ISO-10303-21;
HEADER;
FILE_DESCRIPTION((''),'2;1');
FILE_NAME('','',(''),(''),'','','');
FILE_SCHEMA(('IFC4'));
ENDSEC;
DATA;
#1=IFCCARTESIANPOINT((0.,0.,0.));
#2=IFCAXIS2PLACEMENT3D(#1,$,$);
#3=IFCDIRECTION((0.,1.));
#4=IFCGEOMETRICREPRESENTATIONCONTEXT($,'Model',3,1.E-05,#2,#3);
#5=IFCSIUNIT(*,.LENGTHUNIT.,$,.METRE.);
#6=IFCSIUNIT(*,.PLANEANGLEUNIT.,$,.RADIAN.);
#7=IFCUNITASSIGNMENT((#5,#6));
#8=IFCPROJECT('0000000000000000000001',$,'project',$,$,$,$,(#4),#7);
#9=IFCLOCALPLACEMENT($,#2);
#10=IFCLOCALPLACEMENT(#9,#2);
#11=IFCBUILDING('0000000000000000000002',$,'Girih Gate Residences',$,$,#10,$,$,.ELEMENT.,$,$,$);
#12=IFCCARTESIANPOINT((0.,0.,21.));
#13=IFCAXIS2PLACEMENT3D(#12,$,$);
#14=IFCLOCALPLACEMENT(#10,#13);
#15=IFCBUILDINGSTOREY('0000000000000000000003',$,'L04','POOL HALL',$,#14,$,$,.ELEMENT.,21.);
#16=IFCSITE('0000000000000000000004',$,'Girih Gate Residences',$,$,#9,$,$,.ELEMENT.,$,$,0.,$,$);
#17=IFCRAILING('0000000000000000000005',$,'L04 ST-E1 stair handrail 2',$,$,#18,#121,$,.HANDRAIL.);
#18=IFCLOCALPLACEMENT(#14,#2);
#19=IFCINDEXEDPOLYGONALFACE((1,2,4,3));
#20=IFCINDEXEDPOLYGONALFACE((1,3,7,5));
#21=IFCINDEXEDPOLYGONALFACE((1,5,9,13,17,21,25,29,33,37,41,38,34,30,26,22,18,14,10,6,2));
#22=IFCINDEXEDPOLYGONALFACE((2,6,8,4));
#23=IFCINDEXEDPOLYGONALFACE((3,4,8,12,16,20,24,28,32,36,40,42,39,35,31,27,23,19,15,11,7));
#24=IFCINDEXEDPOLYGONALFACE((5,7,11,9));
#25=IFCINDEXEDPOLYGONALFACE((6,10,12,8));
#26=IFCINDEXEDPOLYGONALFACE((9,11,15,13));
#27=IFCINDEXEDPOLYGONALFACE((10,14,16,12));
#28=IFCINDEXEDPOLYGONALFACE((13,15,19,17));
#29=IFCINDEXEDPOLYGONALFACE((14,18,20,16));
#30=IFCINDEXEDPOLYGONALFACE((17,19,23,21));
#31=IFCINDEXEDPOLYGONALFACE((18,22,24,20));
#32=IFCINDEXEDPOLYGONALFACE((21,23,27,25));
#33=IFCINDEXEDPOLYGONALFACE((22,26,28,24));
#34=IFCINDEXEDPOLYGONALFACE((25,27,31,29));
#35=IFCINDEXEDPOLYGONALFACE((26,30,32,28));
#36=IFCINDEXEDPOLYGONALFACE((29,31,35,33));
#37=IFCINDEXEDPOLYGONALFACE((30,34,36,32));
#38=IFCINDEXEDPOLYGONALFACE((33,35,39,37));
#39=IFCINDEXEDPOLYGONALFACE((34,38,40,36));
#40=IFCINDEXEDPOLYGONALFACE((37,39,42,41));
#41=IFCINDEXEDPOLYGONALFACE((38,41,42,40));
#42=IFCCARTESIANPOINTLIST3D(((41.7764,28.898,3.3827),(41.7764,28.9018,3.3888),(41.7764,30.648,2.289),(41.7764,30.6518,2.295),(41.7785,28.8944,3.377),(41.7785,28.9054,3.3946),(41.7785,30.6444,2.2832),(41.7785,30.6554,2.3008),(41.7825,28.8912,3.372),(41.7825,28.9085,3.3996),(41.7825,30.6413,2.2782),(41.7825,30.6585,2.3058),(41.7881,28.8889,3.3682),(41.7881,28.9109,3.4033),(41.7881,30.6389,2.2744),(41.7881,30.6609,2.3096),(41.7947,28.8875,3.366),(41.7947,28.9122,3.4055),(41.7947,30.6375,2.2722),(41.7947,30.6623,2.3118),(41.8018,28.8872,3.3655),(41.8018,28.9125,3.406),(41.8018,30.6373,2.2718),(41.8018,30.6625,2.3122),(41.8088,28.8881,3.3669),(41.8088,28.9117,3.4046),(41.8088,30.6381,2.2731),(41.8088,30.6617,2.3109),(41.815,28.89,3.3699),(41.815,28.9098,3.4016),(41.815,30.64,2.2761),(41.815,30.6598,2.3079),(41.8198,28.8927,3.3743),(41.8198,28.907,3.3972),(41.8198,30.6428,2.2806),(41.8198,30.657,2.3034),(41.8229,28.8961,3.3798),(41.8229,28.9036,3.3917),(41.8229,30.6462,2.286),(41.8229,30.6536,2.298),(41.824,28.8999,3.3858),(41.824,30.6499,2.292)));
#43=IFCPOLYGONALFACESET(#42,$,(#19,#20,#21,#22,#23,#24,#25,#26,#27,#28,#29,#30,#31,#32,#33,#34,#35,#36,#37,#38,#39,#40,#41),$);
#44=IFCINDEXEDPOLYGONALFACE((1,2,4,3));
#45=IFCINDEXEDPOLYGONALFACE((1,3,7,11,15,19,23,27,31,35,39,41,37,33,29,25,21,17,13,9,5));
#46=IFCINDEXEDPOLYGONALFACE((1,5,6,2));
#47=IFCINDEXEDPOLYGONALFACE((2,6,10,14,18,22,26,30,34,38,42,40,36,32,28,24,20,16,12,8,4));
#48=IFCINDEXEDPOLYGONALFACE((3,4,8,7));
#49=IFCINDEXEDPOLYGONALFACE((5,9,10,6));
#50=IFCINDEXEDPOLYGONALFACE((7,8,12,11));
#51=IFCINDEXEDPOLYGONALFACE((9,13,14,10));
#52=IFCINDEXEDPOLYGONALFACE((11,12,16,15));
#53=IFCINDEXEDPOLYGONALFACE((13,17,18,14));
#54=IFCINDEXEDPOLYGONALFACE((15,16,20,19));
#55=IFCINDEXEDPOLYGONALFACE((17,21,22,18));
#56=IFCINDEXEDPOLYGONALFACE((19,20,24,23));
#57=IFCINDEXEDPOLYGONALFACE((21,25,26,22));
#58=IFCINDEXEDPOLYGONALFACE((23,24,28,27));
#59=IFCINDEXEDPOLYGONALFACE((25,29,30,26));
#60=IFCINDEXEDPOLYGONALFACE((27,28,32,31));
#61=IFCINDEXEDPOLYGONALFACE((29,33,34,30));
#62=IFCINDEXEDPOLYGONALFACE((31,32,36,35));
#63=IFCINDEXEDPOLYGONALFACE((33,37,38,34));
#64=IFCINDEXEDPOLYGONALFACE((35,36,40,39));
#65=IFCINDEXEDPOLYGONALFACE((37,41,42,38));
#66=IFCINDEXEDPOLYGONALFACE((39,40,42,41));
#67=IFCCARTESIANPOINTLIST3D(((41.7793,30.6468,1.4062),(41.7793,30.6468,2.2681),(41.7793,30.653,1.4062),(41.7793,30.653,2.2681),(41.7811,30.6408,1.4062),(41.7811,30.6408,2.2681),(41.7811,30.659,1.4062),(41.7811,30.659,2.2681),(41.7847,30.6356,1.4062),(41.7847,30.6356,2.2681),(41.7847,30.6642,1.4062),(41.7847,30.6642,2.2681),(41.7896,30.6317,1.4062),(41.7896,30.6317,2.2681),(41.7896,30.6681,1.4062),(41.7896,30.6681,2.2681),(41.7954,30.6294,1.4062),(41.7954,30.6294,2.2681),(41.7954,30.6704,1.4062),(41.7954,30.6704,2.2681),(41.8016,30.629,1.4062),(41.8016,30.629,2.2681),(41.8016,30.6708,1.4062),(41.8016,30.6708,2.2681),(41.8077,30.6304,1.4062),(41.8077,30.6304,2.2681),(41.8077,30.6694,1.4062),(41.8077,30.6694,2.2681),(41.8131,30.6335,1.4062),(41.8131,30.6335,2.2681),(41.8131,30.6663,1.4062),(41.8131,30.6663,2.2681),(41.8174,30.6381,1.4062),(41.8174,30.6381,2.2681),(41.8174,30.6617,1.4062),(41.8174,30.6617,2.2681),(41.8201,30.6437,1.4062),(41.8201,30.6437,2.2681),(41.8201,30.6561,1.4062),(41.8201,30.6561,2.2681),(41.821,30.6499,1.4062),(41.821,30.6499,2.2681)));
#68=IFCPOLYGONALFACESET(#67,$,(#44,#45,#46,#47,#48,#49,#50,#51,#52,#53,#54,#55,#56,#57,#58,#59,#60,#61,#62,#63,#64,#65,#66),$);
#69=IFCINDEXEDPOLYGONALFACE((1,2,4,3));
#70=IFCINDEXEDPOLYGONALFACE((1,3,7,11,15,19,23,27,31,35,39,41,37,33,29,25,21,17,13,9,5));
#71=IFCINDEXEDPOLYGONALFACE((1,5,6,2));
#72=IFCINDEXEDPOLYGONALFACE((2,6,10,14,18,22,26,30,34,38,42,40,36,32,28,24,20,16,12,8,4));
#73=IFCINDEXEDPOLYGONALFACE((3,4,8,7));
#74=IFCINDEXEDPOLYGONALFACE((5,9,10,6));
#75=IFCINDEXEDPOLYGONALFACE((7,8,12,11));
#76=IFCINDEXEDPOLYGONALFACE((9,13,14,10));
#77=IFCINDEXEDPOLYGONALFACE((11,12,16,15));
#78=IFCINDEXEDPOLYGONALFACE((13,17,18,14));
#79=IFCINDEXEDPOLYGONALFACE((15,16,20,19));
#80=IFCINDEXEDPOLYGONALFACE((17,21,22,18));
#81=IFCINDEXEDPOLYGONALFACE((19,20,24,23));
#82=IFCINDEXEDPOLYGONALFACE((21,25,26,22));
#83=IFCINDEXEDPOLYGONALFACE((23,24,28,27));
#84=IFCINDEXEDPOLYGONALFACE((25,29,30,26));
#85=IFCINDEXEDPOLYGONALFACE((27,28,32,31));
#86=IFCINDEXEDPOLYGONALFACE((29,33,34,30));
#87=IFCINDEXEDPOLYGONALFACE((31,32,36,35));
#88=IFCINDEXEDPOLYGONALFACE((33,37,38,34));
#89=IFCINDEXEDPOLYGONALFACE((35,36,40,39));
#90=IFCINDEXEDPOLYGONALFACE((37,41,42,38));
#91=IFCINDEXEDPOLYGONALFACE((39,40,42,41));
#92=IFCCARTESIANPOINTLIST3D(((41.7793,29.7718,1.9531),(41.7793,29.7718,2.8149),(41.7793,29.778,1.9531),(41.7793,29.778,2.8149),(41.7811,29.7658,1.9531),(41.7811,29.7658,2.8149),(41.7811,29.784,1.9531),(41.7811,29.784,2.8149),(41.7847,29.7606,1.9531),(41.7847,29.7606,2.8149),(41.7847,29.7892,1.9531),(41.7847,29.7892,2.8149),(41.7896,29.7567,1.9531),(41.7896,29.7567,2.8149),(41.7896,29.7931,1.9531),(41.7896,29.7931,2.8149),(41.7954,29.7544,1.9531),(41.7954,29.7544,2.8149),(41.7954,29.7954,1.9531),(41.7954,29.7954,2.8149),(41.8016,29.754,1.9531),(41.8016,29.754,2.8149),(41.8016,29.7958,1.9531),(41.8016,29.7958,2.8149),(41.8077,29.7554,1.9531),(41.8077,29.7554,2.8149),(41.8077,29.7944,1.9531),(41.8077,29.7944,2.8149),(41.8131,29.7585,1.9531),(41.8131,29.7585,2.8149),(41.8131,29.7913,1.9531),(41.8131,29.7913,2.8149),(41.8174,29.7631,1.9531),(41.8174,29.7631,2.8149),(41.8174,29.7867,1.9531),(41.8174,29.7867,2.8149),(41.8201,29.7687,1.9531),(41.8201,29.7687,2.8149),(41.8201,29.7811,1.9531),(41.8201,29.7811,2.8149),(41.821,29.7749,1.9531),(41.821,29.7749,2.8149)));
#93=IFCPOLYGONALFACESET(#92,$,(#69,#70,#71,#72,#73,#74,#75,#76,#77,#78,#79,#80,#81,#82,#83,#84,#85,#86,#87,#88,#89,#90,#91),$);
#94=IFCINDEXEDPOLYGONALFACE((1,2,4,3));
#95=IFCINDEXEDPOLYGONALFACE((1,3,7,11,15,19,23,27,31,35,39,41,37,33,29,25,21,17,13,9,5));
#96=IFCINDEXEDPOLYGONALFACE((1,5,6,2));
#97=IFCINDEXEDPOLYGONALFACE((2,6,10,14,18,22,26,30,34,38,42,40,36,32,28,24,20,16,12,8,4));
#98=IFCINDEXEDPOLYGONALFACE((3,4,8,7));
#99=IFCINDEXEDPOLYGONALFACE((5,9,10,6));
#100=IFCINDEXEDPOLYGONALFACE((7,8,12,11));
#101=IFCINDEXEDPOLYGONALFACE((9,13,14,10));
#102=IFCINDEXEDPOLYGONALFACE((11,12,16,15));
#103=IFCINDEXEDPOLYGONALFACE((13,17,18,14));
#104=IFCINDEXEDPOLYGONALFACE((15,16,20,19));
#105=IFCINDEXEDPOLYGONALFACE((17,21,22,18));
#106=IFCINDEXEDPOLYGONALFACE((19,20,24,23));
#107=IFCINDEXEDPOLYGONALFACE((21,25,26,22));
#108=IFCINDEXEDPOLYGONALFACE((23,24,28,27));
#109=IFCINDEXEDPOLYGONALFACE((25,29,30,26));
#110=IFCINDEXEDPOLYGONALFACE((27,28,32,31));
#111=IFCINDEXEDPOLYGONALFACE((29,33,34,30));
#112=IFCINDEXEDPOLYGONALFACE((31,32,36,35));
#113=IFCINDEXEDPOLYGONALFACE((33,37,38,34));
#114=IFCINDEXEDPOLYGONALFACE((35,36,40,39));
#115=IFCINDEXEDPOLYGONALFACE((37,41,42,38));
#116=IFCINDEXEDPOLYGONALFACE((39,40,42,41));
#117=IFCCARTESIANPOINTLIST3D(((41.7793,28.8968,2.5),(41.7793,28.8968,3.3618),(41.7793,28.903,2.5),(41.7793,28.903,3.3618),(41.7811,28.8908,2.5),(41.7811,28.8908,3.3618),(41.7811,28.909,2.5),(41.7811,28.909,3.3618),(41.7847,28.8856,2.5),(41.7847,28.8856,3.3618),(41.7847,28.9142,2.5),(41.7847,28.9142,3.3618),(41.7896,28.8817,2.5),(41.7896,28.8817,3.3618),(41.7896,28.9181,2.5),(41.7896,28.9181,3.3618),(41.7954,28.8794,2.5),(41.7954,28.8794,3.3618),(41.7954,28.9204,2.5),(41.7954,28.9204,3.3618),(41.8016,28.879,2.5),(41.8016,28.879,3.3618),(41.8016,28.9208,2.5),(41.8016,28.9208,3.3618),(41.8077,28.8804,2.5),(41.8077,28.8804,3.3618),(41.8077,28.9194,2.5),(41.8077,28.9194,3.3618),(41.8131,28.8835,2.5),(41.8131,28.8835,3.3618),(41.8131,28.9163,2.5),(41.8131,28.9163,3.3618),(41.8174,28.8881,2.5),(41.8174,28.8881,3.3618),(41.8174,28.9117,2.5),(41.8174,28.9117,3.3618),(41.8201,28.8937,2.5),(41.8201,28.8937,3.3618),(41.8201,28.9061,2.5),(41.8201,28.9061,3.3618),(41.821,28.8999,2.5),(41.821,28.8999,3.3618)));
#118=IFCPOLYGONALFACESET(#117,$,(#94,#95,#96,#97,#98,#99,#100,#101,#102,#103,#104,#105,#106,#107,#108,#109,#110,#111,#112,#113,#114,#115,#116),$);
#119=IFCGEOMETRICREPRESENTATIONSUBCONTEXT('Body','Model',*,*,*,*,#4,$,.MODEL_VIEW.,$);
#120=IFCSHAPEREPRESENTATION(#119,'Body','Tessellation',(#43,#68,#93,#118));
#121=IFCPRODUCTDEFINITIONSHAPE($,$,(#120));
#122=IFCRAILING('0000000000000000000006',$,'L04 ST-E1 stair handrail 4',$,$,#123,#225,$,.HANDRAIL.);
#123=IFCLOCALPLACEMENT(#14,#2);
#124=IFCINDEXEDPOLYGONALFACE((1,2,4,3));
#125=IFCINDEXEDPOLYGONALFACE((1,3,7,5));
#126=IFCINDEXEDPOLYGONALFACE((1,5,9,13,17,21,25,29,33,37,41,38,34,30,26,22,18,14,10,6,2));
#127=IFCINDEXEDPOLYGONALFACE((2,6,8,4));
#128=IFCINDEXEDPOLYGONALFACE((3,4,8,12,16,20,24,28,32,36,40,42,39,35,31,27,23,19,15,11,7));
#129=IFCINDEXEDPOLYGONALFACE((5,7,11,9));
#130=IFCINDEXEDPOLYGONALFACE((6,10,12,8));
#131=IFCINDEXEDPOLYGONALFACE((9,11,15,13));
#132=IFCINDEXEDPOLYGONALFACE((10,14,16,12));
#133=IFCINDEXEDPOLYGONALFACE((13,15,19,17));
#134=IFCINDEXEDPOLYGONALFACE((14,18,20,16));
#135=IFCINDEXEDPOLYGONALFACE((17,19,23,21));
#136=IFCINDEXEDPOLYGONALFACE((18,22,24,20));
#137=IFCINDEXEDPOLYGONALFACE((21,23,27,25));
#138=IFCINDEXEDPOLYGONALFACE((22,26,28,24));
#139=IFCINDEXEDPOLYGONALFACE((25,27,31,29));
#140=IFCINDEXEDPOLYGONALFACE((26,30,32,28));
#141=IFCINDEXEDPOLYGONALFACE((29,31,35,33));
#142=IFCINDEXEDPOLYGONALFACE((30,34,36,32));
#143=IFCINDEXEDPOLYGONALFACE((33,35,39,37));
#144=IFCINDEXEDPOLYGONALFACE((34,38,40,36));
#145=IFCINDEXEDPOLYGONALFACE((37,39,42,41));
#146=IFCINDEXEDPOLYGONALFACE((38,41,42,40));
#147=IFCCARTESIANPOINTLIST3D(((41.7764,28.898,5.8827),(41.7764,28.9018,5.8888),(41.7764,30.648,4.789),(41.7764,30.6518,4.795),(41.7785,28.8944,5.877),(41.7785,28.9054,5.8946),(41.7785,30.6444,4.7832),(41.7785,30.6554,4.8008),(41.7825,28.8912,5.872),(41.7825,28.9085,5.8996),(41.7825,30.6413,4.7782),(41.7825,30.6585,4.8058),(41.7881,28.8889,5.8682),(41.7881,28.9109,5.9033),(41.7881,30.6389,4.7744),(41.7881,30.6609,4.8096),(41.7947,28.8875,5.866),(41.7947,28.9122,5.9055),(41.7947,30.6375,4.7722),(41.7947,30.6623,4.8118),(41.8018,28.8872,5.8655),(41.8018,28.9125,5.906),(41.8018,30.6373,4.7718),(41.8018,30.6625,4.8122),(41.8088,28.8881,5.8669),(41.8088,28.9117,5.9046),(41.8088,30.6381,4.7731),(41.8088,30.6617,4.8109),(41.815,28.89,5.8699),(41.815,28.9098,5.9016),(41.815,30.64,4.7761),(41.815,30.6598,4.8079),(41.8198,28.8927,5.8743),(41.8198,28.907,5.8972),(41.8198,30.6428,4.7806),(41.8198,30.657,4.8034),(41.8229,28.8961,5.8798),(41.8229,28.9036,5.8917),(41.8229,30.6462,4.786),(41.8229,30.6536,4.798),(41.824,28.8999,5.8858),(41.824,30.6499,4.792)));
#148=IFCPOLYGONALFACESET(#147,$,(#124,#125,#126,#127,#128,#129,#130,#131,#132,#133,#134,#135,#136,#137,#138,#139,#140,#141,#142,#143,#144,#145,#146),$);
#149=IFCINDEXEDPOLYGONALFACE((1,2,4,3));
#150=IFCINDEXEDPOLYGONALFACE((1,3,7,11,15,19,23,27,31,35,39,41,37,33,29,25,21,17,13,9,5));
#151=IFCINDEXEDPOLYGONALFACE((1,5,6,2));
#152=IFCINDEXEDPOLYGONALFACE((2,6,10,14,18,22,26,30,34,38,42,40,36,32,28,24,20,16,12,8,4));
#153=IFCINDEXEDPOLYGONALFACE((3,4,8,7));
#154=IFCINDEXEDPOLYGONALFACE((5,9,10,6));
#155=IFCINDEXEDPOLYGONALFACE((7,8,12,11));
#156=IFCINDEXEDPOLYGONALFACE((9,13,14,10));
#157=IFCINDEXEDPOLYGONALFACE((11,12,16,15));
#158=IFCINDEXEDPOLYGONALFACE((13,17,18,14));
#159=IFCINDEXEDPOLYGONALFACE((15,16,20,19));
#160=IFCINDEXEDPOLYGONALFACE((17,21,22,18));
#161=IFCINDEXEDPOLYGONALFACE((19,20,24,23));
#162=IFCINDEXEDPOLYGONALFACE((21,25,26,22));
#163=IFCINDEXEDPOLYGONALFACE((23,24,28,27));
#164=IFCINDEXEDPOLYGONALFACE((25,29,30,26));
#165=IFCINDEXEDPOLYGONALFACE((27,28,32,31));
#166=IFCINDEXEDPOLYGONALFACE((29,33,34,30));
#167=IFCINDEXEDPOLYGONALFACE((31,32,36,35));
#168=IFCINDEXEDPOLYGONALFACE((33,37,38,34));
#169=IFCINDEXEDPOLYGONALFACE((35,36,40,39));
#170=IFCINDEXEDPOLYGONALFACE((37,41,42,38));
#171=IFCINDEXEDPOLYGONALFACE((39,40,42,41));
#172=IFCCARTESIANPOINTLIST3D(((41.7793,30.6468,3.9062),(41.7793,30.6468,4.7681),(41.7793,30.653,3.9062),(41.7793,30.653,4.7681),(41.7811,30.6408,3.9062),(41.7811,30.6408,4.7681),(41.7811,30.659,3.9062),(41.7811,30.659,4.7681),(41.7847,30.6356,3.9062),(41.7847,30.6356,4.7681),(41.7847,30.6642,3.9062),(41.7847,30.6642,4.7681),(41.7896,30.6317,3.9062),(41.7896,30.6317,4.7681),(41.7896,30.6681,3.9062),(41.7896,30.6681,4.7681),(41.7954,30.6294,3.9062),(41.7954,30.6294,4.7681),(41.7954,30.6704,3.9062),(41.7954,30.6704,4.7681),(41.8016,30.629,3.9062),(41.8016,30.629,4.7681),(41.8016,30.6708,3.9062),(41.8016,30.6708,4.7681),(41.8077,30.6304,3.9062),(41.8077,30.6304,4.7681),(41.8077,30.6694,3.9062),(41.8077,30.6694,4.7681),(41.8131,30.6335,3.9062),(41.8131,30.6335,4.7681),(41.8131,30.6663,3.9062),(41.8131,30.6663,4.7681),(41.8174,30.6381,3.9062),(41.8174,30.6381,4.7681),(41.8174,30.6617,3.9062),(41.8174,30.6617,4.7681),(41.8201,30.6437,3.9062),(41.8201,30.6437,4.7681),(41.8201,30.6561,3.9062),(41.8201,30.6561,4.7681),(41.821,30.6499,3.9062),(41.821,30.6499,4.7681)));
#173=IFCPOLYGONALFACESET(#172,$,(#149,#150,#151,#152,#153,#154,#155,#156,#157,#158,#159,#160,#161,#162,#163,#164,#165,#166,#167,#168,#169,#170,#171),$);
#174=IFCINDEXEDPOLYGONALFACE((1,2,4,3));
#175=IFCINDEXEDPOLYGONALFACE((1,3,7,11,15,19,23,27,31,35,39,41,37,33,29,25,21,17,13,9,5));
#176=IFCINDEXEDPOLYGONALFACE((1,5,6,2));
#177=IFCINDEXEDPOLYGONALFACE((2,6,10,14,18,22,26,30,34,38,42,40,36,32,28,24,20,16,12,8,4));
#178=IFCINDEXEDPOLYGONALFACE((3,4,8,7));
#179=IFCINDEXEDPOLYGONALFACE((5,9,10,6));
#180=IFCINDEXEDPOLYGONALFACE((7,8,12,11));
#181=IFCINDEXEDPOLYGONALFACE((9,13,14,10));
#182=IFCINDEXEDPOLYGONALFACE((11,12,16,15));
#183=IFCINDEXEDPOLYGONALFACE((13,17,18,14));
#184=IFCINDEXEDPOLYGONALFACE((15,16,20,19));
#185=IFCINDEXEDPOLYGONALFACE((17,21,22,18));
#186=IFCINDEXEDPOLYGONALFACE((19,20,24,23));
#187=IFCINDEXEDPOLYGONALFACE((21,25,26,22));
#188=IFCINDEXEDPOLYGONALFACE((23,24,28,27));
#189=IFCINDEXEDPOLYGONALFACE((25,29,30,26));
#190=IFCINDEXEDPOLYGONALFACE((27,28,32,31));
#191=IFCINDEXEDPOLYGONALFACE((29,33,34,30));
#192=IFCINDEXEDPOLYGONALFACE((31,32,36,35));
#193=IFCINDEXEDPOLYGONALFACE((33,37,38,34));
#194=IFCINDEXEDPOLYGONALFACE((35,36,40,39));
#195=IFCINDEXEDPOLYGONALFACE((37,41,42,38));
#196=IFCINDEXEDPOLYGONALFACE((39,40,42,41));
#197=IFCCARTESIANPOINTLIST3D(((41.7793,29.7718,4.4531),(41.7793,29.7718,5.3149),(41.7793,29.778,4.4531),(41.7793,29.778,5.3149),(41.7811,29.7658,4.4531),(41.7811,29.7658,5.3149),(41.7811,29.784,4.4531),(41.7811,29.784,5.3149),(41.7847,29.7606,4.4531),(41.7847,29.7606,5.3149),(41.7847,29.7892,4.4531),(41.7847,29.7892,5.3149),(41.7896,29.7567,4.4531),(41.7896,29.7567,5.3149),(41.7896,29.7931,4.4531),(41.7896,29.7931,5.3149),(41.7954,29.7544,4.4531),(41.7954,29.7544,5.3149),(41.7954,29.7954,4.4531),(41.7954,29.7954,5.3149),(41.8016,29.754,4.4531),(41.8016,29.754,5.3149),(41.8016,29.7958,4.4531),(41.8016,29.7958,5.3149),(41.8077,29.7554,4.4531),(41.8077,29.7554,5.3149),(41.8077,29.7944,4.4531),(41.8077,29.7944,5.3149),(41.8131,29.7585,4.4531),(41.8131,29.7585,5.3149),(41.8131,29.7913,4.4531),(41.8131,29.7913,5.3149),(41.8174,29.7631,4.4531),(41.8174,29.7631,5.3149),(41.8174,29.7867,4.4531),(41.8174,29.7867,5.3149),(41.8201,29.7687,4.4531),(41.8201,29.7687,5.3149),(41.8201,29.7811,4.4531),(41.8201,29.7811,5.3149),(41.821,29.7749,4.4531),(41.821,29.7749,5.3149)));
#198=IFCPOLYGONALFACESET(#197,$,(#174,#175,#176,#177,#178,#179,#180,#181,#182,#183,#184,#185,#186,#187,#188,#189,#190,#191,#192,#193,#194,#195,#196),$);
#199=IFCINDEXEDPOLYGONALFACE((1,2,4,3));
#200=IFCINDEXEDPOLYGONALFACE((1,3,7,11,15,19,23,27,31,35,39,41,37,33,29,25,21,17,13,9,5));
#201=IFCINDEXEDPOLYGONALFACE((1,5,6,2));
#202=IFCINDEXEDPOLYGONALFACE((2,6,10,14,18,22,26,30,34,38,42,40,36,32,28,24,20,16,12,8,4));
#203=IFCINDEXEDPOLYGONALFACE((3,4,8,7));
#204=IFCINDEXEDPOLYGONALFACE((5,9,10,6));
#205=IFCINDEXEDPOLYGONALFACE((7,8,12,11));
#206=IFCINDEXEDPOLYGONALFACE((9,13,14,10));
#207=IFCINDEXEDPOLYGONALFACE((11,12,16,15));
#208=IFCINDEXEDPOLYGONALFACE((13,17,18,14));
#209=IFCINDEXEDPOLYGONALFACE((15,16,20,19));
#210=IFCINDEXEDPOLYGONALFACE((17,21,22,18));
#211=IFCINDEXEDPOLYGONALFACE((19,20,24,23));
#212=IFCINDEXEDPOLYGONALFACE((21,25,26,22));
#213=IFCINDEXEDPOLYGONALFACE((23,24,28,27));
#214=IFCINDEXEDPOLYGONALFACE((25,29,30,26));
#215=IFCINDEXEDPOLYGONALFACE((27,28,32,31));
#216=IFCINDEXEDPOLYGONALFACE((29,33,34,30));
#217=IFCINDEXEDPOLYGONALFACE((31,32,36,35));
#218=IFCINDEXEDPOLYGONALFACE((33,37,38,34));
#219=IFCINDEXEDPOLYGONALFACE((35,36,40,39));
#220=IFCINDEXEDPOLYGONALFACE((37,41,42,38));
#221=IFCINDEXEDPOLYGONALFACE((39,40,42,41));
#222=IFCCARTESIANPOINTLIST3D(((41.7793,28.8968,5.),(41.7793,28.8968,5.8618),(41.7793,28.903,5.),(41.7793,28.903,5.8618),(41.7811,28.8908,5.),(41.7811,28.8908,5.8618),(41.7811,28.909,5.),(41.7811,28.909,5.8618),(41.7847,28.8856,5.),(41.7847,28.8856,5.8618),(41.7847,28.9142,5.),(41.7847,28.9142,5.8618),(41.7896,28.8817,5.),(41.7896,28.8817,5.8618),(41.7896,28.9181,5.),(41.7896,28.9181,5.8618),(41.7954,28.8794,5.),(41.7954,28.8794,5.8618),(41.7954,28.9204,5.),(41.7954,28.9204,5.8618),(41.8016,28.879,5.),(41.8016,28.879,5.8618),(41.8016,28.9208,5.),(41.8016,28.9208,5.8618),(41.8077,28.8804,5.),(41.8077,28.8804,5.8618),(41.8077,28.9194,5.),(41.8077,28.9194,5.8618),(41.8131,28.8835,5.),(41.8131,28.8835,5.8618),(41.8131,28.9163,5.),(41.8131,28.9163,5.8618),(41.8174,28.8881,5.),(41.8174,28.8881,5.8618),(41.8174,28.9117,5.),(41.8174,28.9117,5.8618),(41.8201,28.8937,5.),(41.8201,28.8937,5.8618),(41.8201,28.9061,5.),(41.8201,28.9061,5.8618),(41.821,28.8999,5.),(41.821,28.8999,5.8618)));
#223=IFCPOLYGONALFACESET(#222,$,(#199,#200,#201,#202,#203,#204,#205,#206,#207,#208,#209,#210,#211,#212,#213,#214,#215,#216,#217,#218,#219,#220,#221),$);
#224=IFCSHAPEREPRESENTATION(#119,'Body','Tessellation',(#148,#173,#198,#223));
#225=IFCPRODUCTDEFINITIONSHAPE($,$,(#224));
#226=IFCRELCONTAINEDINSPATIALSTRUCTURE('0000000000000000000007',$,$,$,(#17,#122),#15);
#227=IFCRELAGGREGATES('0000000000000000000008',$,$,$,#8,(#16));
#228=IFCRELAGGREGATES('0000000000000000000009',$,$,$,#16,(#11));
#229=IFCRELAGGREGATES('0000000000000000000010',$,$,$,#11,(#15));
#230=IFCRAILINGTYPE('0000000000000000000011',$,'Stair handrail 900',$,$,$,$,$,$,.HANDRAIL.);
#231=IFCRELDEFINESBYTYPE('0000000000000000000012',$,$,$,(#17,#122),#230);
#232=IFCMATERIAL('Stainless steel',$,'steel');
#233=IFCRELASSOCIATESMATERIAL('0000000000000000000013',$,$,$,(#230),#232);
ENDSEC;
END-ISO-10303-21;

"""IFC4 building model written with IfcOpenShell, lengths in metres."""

from ifc_helpers import new_model, si_unit, direction, frame, origin, origin_2d, place, context, subcontext, project, spatial, circle, extrude, material, type_object, element, save


model = new_model("IFC4")

# Units and contexts
model_context = context("Model", 3, precision=1e-05, world=origin(), true_north=direction((0.0, 1.0)))
body_context = subcontext(model_context, "Body", "Model", "MODEL_VIEW")
ifc_project = project(units=[si_unit("LENGTHUNIT", "METRE"), si_unit("PLANEANGLEUNIT", "RADIAN")], contexts=[model_context])

# Site, building, storey
site_placement = place(None, origin())
site = spatial("IfcSite", under=ifc_project, at=site_placement, Name="Girih Gate Residences", CompositionType="ELEMENT", RefElevation=0.0)
building_placement = place(site_placement, origin())
building = spatial("IfcBuilding", under=site, at=building_placement, Name="Girih Gate Residences", CompositionType="ELEMENT")
storey_placement = place(building_placement, frame((0.0, 0.0, 21.0)))
storey = spatial("IfcBuildingStorey", under=building, at=storey_placement, Name="L04", Description="POOL HALL", CompositionType="ELEMENT", Elevation=21.0)

# Railings
ifc_material_1 = material(Name="Stainless steel", Category="steel")
railing_type_1 = type_object("IfcRailingType", Name="Stair handrail 900", PredefinedType="HANDRAIL", material=ifc_material_1)
for number, where, name in (
    (1, (41.8, 30.6499, 1.4062), "L04 ST-E1 stair handrail 2"),
    (2, (41.8, 30.6499, 3.9062), "L04 ST-E1 stair handrail 4"),
):
    element("IfcRailing", number, at=place(storey_placement, frame(where)), inside=storey, type_object=railing_type_1, Name=name, PredefinedType="HANDRAIL", context=body_context, shape_type="SweptSolid", body=[
        extrude(circle(Radius=0.0239, at=origin_2d()), frame((0.0, 0.0, 0.8857), z_axis=(0.0, -0.847998, 0.529999), x_axis=(1.0, 0.0, 0.0)), (0.0, 0.0, 1.0), 2.0637),
        extrude(circle(Radius=0.021, at=origin_2d()), origin(), (0.0, 0.0, 1.0), 0.8618),
        extrude(circle(Radius=0.021, at=origin_2d()), frame((0.0, -0.875, 0.5469)), (0.0, 0.0, 1.0), 0.8618),
        extrude(circle(Radius=0.021, at=origin_2d()), frame((0.0, -1.75, 1.0938)), (0.0, 0.0, 1.0), 0.8618),
    ])

save(model, "model.ifc")
